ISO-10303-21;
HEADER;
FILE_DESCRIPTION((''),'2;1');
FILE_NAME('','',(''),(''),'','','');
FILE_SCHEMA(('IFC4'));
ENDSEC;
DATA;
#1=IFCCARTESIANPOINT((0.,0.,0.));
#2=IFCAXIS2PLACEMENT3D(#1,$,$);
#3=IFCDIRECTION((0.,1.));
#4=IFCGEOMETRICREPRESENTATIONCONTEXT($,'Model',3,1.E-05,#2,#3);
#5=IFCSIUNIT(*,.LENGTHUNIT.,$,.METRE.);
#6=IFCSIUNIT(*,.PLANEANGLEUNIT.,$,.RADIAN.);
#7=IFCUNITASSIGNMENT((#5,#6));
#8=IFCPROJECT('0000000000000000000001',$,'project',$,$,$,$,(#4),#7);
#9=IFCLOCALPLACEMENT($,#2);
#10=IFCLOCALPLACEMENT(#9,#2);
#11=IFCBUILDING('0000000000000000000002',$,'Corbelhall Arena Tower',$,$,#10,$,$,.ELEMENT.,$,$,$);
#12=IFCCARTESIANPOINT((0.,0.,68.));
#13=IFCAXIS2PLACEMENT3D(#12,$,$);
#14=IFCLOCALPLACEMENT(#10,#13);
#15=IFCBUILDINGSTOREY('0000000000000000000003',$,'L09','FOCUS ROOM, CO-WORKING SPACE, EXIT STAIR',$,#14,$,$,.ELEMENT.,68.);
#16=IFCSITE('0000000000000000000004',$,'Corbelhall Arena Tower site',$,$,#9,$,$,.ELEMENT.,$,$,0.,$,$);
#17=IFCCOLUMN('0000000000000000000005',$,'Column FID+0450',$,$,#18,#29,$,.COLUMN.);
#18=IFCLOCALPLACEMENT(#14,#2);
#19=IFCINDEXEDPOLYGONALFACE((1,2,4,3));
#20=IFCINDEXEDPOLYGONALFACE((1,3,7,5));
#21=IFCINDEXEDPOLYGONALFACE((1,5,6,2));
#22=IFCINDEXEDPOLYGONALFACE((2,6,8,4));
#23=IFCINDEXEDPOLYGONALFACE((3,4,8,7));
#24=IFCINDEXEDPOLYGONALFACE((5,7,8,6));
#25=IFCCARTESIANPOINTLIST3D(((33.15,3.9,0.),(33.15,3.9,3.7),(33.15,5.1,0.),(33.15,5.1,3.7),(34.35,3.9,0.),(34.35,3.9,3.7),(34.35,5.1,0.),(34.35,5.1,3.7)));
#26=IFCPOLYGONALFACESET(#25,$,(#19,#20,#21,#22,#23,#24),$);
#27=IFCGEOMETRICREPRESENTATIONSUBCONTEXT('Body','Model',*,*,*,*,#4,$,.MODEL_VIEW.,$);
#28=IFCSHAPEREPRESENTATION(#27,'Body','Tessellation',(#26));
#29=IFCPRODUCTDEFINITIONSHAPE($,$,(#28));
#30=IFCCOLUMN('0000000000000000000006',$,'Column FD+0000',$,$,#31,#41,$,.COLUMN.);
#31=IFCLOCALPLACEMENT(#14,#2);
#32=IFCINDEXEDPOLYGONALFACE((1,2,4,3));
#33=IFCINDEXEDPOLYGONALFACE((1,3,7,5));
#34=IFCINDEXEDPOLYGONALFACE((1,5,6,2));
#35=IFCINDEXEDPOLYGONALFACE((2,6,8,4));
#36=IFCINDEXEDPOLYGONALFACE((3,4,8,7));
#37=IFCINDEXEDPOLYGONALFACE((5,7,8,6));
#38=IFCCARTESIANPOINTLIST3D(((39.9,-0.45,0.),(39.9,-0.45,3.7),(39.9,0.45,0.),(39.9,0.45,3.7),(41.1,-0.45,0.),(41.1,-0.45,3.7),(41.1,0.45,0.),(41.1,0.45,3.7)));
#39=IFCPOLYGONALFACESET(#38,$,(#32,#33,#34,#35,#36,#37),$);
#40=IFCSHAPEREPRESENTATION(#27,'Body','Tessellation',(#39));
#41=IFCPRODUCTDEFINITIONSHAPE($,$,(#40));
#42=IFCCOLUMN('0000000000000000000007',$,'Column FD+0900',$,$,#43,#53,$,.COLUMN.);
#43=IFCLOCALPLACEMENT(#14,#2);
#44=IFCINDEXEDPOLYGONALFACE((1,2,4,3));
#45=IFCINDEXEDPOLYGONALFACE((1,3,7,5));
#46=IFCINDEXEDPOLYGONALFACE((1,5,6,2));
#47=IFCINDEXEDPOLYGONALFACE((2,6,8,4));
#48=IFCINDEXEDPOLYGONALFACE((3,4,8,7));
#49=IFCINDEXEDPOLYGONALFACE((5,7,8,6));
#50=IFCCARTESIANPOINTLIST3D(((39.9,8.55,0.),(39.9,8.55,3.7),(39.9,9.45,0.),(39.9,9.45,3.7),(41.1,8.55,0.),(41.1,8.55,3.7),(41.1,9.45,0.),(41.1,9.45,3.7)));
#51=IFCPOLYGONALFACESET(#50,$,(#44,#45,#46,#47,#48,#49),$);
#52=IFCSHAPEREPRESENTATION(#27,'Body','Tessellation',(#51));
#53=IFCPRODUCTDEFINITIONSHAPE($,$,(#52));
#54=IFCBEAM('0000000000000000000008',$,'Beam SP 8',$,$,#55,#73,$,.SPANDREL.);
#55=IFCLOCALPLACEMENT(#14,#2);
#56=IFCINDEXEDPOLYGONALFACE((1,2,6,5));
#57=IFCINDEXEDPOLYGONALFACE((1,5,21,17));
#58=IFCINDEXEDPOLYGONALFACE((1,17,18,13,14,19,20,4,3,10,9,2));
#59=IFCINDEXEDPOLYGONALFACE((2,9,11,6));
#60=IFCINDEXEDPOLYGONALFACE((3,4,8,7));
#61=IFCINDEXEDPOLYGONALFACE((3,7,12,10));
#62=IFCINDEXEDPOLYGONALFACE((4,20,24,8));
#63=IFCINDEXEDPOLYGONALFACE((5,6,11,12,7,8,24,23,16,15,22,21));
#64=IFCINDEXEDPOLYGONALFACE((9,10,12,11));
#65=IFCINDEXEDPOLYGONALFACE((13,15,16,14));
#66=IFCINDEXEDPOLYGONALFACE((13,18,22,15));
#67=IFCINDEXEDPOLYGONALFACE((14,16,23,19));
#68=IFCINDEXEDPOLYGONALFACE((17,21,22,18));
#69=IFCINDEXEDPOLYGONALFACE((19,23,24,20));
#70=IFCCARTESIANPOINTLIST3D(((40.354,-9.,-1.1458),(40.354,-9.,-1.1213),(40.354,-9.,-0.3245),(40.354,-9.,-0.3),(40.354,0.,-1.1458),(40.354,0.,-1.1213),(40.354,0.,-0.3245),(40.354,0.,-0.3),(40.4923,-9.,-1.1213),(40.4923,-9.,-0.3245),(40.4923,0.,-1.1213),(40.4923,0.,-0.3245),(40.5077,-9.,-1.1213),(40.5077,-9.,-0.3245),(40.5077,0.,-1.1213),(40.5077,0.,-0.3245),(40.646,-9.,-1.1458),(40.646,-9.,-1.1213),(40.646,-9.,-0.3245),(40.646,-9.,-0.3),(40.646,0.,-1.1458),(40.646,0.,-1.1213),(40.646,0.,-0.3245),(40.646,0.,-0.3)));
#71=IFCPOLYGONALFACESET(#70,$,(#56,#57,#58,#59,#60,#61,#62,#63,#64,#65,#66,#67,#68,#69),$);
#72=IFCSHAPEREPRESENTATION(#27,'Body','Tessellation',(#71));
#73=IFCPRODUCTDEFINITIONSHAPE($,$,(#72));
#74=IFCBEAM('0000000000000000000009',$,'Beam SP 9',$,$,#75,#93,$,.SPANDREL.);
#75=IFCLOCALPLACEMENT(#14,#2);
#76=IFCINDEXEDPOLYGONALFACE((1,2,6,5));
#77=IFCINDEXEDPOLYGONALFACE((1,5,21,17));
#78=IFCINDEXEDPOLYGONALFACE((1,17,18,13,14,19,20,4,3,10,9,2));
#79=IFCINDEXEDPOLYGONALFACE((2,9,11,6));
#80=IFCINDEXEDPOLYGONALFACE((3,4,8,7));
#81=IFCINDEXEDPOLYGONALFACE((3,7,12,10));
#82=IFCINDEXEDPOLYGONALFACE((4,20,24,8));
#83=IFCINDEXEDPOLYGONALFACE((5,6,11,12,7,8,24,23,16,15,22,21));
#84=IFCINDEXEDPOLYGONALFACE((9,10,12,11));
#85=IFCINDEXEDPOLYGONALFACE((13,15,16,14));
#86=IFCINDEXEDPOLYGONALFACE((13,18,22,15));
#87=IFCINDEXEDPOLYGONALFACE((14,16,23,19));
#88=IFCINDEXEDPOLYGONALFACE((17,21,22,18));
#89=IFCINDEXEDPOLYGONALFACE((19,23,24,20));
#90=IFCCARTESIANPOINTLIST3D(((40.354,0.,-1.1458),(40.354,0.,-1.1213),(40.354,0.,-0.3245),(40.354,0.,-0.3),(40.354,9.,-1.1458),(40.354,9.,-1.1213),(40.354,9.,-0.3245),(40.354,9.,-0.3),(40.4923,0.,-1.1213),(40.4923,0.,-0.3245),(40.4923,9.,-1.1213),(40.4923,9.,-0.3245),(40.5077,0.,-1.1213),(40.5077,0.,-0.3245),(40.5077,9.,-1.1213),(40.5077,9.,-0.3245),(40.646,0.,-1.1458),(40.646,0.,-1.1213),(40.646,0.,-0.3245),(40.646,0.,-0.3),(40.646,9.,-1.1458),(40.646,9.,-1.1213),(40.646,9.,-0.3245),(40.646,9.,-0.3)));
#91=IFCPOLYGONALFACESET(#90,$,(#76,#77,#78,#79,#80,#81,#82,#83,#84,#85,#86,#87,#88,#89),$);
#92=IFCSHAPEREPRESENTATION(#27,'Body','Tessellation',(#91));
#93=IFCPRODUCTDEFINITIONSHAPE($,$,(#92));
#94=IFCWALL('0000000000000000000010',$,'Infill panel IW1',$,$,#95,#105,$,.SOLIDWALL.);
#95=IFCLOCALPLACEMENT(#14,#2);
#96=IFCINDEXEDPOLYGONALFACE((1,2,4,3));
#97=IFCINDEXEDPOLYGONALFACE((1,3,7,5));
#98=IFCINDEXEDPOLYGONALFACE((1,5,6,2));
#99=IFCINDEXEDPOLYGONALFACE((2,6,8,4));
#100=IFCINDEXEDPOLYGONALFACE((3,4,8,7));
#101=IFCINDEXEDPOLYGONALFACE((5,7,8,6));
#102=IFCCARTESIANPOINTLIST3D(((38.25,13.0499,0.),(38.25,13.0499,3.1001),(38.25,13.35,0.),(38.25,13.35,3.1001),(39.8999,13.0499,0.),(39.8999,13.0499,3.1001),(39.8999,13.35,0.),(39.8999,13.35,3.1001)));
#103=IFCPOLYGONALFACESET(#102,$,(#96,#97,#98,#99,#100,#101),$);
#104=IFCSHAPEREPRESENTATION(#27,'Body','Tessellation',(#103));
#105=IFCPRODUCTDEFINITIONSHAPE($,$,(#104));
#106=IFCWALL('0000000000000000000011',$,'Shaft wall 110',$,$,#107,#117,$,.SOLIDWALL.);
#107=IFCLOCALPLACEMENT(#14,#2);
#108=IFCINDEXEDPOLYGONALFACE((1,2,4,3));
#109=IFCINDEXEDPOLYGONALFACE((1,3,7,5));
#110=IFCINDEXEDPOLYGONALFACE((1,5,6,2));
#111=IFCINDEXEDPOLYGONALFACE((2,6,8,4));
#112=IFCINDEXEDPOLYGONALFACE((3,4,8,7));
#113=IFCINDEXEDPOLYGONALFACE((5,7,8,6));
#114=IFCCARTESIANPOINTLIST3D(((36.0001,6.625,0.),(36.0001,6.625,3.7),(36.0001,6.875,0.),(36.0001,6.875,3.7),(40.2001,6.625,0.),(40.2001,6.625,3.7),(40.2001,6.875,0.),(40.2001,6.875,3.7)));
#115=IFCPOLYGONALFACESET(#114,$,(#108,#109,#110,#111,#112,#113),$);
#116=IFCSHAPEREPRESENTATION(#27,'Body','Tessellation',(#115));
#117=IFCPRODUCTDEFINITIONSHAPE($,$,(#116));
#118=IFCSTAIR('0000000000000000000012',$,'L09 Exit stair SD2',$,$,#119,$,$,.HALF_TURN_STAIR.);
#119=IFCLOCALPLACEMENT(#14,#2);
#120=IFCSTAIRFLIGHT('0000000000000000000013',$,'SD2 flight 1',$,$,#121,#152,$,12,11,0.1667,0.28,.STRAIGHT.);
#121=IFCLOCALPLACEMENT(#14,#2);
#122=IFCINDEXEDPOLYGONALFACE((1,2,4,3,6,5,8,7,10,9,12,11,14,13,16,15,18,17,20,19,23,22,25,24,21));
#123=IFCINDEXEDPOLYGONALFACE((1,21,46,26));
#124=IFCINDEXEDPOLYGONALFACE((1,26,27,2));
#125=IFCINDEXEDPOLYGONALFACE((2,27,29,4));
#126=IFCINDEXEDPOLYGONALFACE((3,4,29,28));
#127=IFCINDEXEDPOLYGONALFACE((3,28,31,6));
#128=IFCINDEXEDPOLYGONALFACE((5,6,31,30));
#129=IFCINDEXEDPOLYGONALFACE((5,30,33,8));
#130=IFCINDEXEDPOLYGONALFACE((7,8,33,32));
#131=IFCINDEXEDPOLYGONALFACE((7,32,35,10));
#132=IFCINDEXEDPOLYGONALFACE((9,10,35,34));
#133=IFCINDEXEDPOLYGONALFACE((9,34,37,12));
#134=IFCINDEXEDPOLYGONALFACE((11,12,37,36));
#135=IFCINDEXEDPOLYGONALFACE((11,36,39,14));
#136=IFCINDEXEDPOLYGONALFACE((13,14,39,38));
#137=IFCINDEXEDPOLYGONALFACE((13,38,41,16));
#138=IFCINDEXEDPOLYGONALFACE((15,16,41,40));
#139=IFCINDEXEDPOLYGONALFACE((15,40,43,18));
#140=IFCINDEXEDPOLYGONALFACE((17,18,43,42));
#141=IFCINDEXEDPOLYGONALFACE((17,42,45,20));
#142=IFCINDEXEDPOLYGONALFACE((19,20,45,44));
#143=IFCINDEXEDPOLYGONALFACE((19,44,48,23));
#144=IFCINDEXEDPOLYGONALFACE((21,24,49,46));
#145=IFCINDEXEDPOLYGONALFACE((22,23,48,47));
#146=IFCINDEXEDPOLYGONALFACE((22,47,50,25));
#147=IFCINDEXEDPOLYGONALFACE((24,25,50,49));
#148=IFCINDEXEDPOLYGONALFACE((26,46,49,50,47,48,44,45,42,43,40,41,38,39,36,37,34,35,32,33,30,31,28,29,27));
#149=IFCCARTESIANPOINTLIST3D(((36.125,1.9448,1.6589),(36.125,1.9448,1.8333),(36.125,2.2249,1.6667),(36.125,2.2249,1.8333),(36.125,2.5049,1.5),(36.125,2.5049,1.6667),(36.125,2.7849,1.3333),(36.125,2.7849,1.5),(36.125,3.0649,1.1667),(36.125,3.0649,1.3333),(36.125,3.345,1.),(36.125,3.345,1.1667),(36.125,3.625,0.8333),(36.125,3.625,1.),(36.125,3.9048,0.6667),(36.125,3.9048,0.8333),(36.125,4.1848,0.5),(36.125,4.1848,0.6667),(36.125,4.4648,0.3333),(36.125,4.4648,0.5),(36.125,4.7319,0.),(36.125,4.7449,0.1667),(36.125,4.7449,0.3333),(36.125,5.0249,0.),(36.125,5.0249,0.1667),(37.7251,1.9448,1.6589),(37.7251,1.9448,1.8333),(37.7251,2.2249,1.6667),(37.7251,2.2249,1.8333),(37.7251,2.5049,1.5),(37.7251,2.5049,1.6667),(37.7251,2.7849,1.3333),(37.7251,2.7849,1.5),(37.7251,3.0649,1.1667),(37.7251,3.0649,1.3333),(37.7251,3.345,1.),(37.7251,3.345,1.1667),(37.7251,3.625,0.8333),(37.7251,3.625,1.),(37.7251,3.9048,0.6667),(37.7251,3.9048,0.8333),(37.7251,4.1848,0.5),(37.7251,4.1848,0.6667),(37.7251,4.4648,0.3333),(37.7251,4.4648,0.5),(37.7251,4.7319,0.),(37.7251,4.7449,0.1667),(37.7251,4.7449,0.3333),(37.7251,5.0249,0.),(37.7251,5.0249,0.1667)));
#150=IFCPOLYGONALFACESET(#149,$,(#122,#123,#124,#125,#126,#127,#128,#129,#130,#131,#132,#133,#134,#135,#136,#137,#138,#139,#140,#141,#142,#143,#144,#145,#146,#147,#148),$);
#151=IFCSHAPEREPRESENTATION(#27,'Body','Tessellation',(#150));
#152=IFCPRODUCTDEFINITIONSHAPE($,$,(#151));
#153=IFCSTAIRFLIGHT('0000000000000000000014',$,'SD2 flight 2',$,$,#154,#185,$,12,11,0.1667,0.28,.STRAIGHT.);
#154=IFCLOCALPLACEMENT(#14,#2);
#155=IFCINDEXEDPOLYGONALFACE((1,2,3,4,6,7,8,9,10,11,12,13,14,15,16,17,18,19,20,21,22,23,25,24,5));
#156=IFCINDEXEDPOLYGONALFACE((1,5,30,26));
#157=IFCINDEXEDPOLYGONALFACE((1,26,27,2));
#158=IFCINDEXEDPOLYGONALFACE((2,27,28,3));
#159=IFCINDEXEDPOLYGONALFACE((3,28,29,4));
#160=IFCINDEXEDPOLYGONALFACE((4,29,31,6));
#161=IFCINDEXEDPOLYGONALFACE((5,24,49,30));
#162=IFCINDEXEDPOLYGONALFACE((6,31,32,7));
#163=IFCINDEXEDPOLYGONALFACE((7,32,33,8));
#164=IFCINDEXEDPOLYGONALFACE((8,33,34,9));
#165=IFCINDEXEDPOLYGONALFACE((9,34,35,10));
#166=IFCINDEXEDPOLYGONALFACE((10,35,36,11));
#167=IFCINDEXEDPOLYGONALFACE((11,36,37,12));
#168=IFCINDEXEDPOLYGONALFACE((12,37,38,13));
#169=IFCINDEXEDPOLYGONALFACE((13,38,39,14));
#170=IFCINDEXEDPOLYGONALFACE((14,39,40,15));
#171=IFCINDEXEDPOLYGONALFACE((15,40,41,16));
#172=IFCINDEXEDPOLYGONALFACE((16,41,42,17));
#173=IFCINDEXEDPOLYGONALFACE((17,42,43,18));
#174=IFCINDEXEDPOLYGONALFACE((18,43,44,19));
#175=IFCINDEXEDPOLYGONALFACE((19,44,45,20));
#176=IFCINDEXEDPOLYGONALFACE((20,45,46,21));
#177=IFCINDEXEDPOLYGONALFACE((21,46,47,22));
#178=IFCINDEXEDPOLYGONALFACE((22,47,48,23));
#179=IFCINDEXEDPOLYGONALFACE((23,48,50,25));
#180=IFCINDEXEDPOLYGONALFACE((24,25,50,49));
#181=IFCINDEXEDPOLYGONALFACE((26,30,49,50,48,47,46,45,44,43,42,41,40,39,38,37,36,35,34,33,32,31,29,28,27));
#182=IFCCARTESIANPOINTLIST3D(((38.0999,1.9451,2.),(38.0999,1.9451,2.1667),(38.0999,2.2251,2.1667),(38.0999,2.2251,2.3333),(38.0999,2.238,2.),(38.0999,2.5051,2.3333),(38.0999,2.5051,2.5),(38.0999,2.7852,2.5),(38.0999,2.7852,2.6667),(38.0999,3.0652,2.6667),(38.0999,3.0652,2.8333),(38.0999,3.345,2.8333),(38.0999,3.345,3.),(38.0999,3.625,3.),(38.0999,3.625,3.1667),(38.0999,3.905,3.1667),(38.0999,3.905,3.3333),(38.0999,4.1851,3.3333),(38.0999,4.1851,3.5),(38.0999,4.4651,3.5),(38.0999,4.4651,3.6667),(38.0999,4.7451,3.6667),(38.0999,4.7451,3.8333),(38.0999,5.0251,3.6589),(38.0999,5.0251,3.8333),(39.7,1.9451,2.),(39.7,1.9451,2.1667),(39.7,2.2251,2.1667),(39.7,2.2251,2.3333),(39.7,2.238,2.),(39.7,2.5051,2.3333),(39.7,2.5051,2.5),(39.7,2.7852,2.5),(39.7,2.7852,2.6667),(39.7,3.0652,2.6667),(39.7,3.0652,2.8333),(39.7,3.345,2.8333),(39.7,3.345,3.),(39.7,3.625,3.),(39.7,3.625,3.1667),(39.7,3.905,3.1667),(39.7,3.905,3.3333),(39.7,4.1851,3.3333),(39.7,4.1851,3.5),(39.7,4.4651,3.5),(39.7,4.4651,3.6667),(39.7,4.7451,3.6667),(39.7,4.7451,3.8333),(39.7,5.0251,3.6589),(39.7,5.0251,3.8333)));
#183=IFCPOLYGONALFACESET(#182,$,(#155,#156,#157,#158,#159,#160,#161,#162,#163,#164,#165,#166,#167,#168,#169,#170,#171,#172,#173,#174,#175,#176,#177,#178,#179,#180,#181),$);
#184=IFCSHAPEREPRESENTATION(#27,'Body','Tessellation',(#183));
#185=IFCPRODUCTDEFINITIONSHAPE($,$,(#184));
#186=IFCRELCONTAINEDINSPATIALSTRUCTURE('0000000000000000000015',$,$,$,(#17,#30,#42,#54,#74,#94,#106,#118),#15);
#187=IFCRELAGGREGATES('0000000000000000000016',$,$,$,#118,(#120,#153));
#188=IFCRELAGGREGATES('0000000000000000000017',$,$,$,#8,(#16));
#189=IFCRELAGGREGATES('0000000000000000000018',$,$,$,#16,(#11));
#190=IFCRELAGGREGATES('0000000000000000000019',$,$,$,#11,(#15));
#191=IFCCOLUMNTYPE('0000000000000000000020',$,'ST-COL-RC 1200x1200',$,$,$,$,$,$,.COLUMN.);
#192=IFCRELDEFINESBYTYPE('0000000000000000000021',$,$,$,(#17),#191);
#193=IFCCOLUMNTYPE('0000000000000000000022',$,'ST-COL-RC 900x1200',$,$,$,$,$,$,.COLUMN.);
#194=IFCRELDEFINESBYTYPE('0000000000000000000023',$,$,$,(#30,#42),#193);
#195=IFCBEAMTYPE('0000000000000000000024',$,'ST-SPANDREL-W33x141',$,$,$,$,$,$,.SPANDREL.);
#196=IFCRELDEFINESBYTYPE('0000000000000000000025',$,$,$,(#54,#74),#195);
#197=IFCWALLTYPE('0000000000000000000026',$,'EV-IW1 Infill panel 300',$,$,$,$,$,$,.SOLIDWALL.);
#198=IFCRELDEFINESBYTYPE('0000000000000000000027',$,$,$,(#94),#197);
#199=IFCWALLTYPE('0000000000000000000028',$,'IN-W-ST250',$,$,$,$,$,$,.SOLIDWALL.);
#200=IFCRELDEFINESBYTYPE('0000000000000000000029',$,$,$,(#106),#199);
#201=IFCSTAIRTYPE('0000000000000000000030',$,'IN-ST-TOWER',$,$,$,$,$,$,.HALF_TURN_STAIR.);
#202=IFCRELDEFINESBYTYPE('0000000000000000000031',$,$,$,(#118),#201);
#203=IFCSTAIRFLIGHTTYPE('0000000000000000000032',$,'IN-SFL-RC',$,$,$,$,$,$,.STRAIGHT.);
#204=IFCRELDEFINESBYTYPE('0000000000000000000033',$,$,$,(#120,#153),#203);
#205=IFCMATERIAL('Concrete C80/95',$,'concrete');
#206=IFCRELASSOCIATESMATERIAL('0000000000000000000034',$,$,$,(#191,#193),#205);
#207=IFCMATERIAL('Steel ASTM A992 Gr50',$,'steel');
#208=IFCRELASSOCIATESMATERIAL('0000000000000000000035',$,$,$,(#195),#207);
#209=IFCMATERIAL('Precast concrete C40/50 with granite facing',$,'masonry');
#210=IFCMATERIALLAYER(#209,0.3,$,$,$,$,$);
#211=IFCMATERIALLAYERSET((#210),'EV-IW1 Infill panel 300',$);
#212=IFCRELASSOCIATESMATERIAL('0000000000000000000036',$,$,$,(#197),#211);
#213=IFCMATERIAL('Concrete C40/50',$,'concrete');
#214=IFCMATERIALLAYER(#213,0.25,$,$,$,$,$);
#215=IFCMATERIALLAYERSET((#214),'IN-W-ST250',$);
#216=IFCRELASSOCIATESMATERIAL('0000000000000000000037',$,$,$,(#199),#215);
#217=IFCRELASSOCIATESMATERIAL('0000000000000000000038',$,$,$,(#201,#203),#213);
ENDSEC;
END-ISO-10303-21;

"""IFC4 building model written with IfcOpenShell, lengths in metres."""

from ifc_helpers import new_model, si_unit, direction, frame, frame_2d, origin, origin_2d, place, context, subcontext, project, spatial, polyline, rectangle, i_section, outline, extrude, material, layer, layer_set, material_profile, profile_set, type_object, element, aggregate, save


model = new_model("IFC4")

# Units and contexts
model_context = context("Model", 3, precision=1e-05, world=origin(), true_north=direction((0.0, 1.0)))
body_context = subcontext(model_context, "Body", "Model", "MODEL_VIEW")
ifc_project = project(units=[si_unit("LENGTHUNIT", "METRE"), si_unit("PLANEANGLEUNIT", "RADIAN")], contexts=[model_context])

# Site, building, storey
site_placement = place(None, origin())
site = spatial("IfcSite", under=ifc_project, at=site_placement, Name="Corbelhall Arena Tower site", CompositionType="ELEMENT", RefElevation=0.0)
building_placement = place(site_placement, origin())
building = spatial("IfcBuilding", under=site, at=building_placement, Name="Corbelhall Arena Tower", CompositionType="ELEMENT")
storey_placement = place(building_placement, frame((0.0, 0.0, 68.0)))
storey = spatial("IfcBuildingStorey", under=building, at=storey_placement, Name="L09", Description="FOCUS ROOM, CO-WORKING SPACE, EXIT STAIR", CompositionType="ELEMENT", Elevation=68.0)

# Columns
ifc_material_1 = material(Name="Concrete C80/95", Category="concrete")
ifc_material_profile_1 = material_profile(ifc_material_1, rectangle(XDim=1.2, YDim=1.2, at=origin_2d()))
ifc_profile_set_1 = profile_set([ifc_material_profile_1], Name="Concrete C80/95")
column_type_1 = type_object("IfcColumnType", Name="ST-COL-RC 1200x1200", PredefinedType="COLUMN", material=ifc_profile_set_1)
column_placement = place(storey_placement, frame((33.75, 4.5, 0.0), z_axis=(0.0, 0.0, 1.0), x_axis=(1.0, 0.0, 0.0)))
element("IfcColumn", 1, at=column_placement, inside=storey, type_object=column_type_1, Name="Column FID+0450", PredefinedType="COLUMN", context=body_context, shape_type="SweptSolid", body=[
    extrude(rectangle(XDim=1.2, YDim=1.2, at=origin_2d()), origin(), (0.0, 0.0, 1.0), 3.7),
])
ifc_material_profile_2 = material_profile(ifc_material_1, rectangle(XDim=0.8999, YDim=1.2, at=origin_2d()))
ifc_profile_set_2 = profile_set([ifc_material_profile_2], Name="Concrete C80/95")
column_type_2 = type_object("IfcColumnType", Name="ST-COL-RC 900x1200", PredefinedType="COLUMN", material=ifc_profile_set_2)
for number, where, z_axis, x_axis, name in (
    (2, (40.5, 0.0, 0.0), (0.0, 0.0, 1.0), (0.0, 1.0, 0.0), "Column FD+0000"),
    (3, (40.5, 9.0, 0.0), (0.0, 0.0, 1.0), (0.0, 1.0, 0.0), "Column FD+0900"),
):
    element("IfcColumn", number, at=place(storey_placement, frame(where, z_axis=z_axis, x_axis=x_axis)), inside=storey, type_object=column_type_2, Name=name, PredefinedType="COLUMN", context=body_context, shape_type="SweptSolid", body=[
        extrude(rectangle(XDim=0.8999, YDim=1.2, at=origin_2d()), origin(), (0.0, 0.0, 1.0), 3.7),
    ])

# Beams
ifc_material_2 = material(Name="Steel ASTM A992 Gr50", Category="steel")
ifc_material_profile_3 = material_profile(ifc_material_2, i_section(OverallWidth=0.292, OverallDepth=0.8457, WebThickness=0.0154, FlangeThickness=0.0244, at=origin_2d()))
ifc_profile_set_3 = profile_set([ifc_material_profile_3], Name="Steel ASTM A992 Gr50")
beam_type = type_object("IfcBeamType", Name="ST-SPANDREL-W33x141", PredefinedType="SPANDREL", material=ifc_profile_set_3)
for number, where, z_axis, x_axis, name in (
    (4, (40.5, 0.0, -0.7229), (0.0, -1.0, 0.0), (1.0, 0.0, 0.0), "Beam SP 8"),
    (5, (40.5, 9.0, -0.7229), (0.0, -1.0, 0.0), (1.0, 0.0, 0.0), "Beam SP 9"),
):
    element("IfcBeam", number, at=place(storey_placement, frame(where, z_axis=z_axis, x_axis=x_axis)), inside=storey, type_object=beam_type, Name=name, PredefinedType="SPANDREL", context=body_context, shape_type="SweptSolid", body=[
        extrude(i_section(OverallWidth=0.292, OverallDepth=0.8457, WebThickness=0.0154, FlangeThickness=0.0244, at=origin_2d()), origin(), (0.0, 0.0, 1.0), 9.0),
    ])

# Wall
ifc_material_3 = material(Name="Precast concrete C40/50 with granite facing", Category="masonry")
ifc_layer_1 = layer(ifc_material_3, 0.3)
ifc_layer_set_1 = layer_set([ifc_layer_1], Name="EV-IW1 Infill panel 300")
wall_type_1 = type_object("IfcWallType", Name="EV-IW1 Infill panel 300", PredefinedType="SOLIDWALL", material=ifc_layer_set_1)
wall_1_placement = place(storey_placement, frame((39.8999, 13.2, 0.0), z_axis=(0.0, 0.0, 1.0), x_axis=(-1.0, 0.0, 0.0)))
element("IfcWall", 6, at=wall_1_placement, inside=storey, type_object=wall_type_1, Name="Infill panel IW1", PredefinedType="SOLIDWALL", context=body_context, shape_type="SweptSolid", body=[
    extrude(rectangle(XDim=1.6499, YDim=0.3, at=frame_2d((0.825, 0.0))), origin(), (0.0, 0.0, 1.0), 3.1001),
])

# Wall
ifc_material_4 = material(Name="Concrete C40/50", Category="concrete")
ifc_layer_2 = layer(ifc_material_4, 0.25)
ifc_layer_set_2 = layer_set([ifc_layer_2], Name="IN-W-ST250")
wall_type_2 = type_object("IfcWallType", Name="IN-W-ST250", PredefinedType="SOLIDWALL", material=ifc_layer_set_2)
wall_2_placement = place(storey_placement, frame((36.0, 6.75, 0.0), z_axis=(0.0, 0.0, 1.0), x_axis=(1.0, 0.0, 0.0)))
element("IfcWall", 7, at=wall_2_placement, inside=storey, type_object=wall_type_2, Name="Shaft wall 110", PredefinedType="SOLIDWALL", context=body_context, shape_type="SweptSolid", body=[
    extrude(rectangle(XDim=4.2, YDim=0.25, at=frame_2d((2.1001, 0.0))), origin(), (0.0, 0.0, 1.0), 3.7),
])

# Stair, stair flights
stair_type = type_object("IfcStairType", Name="IN-ST-TOWER", PredefinedType="HALF_TURN_STAIR", material=ifc_material_4)
stair_placement = place(storey_placement, origin())
stair = element("IfcStair", 8, at=stair_placement, inside=storey, type_object=stair_type, Name="L09 Exit stair SD2", PredefinedType="HALF_TURN_STAIR")
stair_flight_type = type_object("IfcStairFlightType", Name="IN-SFL-RC", PredefinedType="STRAIGHT", material=ifc_material_4)
stair_flight_1_placement = place(storey_placement, frame((36.925, 5.0249, 0.0), z_axis=(0.0, 0.0, 1.0), x_axis=(0.0, -1.0, 0.0)))
stair_flight_1 = element("IfcStairFlight", 9, at=stair_flight_1_placement, type_object=stair_flight_type, Name="SD2 flight 1", NumberOfRisers=12, NumberOfTreads=11, PredefinedType="STRAIGHT", RiserHeight=0.1667, TreadLength=0.28, context=body_context, shape_type="SweptSolid", body=[
    extrude(outline(polyline([(0.0, 0.0), (0.0, 0.1667), (0.28, 0.1667), (0.28, 0.3333), (0.5601, 0.3333), (0.5601, 0.5), (0.8401, 0.5), (0.8401, 0.6667), (1.1201, 0.6667), (1.1201, 0.8333), (1.3999, 0.8333), (1.3999, 1.0), (1.6799, 1.0), (1.6799, 1.1667), (1.96, 1.1667), (1.96, 1.3333), (2.24, 1.3333), (2.24, 1.5), (2.52, 1.5), (2.52, 1.6667), (2.8, 1.6667), (2.8, 1.8333), (3.0801, 1.8333), (3.0801, 2.0), (3.0801, 1.6589), (0.293, 0.0), (0.0, 0.0)])), frame((0.0, 0.8, 0.0), z_axis=(0.0, -1.0, 0.0), x_axis=(1.0, 0.0, 0.0)), (0.0, 0.0, 1.0), 1.6001),
])
stair_flight_2_placement = place(storey_placement, frame((38.8999, 1.9451, 2.0), z_axis=(0.0, 0.0, 1.0), x_axis=(0.0, 1.0, 0.0)))
stair_flight_2 = element("IfcStairFlight", 10, at=stair_flight_2_placement, type_object=stair_flight_type, Name="SD2 flight 2", NumberOfRisers=12, NumberOfTreads=11, PredefinedType="STRAIGHT", RiserHeight=0.1667, TreadLength=0.28, context=body_context, shape_type="SweptSolid", body=[
    extrude(outline(polyline([(0.0, 0.0), (0.0, 0.1667), (0.28, 0.1667), (0.28, 0.3333), (0.5601, 0.3333), (0.5601, 0.5), (0.8401, 0.5), (0.8401, 0.6667), (1.1201, 0.6667), (1.1201, 0.8333), (1.3999, 0.8333), (1.3999, 1.0), (1.6799, 1.0), (1.6799, 1.1667), (1.96, 1.1667), (1.96, 1.3333), (2.24, 1.3333), (2.24, 1.5), (2.52, 1.5), (2.52, 1.6667), (2.8, 1.6667), (2.8, 1.8333), (3.0801, 1.8333), (3.0801, 2.0), (3.0801, 1.6589), (0.293, 0.0), (0.0, 0.0)])), frame((0.0, 0.8, 0.0), z_axis=(0.0, -1.0, 0.0), x_axis=(1.0, 0.0, 0.0)), (0.0, 0.0, 1.0), 1.6001),
])
aggregate(stair, [stair_flight_1, stair_flight_2])

save(model, "model.ifc")
